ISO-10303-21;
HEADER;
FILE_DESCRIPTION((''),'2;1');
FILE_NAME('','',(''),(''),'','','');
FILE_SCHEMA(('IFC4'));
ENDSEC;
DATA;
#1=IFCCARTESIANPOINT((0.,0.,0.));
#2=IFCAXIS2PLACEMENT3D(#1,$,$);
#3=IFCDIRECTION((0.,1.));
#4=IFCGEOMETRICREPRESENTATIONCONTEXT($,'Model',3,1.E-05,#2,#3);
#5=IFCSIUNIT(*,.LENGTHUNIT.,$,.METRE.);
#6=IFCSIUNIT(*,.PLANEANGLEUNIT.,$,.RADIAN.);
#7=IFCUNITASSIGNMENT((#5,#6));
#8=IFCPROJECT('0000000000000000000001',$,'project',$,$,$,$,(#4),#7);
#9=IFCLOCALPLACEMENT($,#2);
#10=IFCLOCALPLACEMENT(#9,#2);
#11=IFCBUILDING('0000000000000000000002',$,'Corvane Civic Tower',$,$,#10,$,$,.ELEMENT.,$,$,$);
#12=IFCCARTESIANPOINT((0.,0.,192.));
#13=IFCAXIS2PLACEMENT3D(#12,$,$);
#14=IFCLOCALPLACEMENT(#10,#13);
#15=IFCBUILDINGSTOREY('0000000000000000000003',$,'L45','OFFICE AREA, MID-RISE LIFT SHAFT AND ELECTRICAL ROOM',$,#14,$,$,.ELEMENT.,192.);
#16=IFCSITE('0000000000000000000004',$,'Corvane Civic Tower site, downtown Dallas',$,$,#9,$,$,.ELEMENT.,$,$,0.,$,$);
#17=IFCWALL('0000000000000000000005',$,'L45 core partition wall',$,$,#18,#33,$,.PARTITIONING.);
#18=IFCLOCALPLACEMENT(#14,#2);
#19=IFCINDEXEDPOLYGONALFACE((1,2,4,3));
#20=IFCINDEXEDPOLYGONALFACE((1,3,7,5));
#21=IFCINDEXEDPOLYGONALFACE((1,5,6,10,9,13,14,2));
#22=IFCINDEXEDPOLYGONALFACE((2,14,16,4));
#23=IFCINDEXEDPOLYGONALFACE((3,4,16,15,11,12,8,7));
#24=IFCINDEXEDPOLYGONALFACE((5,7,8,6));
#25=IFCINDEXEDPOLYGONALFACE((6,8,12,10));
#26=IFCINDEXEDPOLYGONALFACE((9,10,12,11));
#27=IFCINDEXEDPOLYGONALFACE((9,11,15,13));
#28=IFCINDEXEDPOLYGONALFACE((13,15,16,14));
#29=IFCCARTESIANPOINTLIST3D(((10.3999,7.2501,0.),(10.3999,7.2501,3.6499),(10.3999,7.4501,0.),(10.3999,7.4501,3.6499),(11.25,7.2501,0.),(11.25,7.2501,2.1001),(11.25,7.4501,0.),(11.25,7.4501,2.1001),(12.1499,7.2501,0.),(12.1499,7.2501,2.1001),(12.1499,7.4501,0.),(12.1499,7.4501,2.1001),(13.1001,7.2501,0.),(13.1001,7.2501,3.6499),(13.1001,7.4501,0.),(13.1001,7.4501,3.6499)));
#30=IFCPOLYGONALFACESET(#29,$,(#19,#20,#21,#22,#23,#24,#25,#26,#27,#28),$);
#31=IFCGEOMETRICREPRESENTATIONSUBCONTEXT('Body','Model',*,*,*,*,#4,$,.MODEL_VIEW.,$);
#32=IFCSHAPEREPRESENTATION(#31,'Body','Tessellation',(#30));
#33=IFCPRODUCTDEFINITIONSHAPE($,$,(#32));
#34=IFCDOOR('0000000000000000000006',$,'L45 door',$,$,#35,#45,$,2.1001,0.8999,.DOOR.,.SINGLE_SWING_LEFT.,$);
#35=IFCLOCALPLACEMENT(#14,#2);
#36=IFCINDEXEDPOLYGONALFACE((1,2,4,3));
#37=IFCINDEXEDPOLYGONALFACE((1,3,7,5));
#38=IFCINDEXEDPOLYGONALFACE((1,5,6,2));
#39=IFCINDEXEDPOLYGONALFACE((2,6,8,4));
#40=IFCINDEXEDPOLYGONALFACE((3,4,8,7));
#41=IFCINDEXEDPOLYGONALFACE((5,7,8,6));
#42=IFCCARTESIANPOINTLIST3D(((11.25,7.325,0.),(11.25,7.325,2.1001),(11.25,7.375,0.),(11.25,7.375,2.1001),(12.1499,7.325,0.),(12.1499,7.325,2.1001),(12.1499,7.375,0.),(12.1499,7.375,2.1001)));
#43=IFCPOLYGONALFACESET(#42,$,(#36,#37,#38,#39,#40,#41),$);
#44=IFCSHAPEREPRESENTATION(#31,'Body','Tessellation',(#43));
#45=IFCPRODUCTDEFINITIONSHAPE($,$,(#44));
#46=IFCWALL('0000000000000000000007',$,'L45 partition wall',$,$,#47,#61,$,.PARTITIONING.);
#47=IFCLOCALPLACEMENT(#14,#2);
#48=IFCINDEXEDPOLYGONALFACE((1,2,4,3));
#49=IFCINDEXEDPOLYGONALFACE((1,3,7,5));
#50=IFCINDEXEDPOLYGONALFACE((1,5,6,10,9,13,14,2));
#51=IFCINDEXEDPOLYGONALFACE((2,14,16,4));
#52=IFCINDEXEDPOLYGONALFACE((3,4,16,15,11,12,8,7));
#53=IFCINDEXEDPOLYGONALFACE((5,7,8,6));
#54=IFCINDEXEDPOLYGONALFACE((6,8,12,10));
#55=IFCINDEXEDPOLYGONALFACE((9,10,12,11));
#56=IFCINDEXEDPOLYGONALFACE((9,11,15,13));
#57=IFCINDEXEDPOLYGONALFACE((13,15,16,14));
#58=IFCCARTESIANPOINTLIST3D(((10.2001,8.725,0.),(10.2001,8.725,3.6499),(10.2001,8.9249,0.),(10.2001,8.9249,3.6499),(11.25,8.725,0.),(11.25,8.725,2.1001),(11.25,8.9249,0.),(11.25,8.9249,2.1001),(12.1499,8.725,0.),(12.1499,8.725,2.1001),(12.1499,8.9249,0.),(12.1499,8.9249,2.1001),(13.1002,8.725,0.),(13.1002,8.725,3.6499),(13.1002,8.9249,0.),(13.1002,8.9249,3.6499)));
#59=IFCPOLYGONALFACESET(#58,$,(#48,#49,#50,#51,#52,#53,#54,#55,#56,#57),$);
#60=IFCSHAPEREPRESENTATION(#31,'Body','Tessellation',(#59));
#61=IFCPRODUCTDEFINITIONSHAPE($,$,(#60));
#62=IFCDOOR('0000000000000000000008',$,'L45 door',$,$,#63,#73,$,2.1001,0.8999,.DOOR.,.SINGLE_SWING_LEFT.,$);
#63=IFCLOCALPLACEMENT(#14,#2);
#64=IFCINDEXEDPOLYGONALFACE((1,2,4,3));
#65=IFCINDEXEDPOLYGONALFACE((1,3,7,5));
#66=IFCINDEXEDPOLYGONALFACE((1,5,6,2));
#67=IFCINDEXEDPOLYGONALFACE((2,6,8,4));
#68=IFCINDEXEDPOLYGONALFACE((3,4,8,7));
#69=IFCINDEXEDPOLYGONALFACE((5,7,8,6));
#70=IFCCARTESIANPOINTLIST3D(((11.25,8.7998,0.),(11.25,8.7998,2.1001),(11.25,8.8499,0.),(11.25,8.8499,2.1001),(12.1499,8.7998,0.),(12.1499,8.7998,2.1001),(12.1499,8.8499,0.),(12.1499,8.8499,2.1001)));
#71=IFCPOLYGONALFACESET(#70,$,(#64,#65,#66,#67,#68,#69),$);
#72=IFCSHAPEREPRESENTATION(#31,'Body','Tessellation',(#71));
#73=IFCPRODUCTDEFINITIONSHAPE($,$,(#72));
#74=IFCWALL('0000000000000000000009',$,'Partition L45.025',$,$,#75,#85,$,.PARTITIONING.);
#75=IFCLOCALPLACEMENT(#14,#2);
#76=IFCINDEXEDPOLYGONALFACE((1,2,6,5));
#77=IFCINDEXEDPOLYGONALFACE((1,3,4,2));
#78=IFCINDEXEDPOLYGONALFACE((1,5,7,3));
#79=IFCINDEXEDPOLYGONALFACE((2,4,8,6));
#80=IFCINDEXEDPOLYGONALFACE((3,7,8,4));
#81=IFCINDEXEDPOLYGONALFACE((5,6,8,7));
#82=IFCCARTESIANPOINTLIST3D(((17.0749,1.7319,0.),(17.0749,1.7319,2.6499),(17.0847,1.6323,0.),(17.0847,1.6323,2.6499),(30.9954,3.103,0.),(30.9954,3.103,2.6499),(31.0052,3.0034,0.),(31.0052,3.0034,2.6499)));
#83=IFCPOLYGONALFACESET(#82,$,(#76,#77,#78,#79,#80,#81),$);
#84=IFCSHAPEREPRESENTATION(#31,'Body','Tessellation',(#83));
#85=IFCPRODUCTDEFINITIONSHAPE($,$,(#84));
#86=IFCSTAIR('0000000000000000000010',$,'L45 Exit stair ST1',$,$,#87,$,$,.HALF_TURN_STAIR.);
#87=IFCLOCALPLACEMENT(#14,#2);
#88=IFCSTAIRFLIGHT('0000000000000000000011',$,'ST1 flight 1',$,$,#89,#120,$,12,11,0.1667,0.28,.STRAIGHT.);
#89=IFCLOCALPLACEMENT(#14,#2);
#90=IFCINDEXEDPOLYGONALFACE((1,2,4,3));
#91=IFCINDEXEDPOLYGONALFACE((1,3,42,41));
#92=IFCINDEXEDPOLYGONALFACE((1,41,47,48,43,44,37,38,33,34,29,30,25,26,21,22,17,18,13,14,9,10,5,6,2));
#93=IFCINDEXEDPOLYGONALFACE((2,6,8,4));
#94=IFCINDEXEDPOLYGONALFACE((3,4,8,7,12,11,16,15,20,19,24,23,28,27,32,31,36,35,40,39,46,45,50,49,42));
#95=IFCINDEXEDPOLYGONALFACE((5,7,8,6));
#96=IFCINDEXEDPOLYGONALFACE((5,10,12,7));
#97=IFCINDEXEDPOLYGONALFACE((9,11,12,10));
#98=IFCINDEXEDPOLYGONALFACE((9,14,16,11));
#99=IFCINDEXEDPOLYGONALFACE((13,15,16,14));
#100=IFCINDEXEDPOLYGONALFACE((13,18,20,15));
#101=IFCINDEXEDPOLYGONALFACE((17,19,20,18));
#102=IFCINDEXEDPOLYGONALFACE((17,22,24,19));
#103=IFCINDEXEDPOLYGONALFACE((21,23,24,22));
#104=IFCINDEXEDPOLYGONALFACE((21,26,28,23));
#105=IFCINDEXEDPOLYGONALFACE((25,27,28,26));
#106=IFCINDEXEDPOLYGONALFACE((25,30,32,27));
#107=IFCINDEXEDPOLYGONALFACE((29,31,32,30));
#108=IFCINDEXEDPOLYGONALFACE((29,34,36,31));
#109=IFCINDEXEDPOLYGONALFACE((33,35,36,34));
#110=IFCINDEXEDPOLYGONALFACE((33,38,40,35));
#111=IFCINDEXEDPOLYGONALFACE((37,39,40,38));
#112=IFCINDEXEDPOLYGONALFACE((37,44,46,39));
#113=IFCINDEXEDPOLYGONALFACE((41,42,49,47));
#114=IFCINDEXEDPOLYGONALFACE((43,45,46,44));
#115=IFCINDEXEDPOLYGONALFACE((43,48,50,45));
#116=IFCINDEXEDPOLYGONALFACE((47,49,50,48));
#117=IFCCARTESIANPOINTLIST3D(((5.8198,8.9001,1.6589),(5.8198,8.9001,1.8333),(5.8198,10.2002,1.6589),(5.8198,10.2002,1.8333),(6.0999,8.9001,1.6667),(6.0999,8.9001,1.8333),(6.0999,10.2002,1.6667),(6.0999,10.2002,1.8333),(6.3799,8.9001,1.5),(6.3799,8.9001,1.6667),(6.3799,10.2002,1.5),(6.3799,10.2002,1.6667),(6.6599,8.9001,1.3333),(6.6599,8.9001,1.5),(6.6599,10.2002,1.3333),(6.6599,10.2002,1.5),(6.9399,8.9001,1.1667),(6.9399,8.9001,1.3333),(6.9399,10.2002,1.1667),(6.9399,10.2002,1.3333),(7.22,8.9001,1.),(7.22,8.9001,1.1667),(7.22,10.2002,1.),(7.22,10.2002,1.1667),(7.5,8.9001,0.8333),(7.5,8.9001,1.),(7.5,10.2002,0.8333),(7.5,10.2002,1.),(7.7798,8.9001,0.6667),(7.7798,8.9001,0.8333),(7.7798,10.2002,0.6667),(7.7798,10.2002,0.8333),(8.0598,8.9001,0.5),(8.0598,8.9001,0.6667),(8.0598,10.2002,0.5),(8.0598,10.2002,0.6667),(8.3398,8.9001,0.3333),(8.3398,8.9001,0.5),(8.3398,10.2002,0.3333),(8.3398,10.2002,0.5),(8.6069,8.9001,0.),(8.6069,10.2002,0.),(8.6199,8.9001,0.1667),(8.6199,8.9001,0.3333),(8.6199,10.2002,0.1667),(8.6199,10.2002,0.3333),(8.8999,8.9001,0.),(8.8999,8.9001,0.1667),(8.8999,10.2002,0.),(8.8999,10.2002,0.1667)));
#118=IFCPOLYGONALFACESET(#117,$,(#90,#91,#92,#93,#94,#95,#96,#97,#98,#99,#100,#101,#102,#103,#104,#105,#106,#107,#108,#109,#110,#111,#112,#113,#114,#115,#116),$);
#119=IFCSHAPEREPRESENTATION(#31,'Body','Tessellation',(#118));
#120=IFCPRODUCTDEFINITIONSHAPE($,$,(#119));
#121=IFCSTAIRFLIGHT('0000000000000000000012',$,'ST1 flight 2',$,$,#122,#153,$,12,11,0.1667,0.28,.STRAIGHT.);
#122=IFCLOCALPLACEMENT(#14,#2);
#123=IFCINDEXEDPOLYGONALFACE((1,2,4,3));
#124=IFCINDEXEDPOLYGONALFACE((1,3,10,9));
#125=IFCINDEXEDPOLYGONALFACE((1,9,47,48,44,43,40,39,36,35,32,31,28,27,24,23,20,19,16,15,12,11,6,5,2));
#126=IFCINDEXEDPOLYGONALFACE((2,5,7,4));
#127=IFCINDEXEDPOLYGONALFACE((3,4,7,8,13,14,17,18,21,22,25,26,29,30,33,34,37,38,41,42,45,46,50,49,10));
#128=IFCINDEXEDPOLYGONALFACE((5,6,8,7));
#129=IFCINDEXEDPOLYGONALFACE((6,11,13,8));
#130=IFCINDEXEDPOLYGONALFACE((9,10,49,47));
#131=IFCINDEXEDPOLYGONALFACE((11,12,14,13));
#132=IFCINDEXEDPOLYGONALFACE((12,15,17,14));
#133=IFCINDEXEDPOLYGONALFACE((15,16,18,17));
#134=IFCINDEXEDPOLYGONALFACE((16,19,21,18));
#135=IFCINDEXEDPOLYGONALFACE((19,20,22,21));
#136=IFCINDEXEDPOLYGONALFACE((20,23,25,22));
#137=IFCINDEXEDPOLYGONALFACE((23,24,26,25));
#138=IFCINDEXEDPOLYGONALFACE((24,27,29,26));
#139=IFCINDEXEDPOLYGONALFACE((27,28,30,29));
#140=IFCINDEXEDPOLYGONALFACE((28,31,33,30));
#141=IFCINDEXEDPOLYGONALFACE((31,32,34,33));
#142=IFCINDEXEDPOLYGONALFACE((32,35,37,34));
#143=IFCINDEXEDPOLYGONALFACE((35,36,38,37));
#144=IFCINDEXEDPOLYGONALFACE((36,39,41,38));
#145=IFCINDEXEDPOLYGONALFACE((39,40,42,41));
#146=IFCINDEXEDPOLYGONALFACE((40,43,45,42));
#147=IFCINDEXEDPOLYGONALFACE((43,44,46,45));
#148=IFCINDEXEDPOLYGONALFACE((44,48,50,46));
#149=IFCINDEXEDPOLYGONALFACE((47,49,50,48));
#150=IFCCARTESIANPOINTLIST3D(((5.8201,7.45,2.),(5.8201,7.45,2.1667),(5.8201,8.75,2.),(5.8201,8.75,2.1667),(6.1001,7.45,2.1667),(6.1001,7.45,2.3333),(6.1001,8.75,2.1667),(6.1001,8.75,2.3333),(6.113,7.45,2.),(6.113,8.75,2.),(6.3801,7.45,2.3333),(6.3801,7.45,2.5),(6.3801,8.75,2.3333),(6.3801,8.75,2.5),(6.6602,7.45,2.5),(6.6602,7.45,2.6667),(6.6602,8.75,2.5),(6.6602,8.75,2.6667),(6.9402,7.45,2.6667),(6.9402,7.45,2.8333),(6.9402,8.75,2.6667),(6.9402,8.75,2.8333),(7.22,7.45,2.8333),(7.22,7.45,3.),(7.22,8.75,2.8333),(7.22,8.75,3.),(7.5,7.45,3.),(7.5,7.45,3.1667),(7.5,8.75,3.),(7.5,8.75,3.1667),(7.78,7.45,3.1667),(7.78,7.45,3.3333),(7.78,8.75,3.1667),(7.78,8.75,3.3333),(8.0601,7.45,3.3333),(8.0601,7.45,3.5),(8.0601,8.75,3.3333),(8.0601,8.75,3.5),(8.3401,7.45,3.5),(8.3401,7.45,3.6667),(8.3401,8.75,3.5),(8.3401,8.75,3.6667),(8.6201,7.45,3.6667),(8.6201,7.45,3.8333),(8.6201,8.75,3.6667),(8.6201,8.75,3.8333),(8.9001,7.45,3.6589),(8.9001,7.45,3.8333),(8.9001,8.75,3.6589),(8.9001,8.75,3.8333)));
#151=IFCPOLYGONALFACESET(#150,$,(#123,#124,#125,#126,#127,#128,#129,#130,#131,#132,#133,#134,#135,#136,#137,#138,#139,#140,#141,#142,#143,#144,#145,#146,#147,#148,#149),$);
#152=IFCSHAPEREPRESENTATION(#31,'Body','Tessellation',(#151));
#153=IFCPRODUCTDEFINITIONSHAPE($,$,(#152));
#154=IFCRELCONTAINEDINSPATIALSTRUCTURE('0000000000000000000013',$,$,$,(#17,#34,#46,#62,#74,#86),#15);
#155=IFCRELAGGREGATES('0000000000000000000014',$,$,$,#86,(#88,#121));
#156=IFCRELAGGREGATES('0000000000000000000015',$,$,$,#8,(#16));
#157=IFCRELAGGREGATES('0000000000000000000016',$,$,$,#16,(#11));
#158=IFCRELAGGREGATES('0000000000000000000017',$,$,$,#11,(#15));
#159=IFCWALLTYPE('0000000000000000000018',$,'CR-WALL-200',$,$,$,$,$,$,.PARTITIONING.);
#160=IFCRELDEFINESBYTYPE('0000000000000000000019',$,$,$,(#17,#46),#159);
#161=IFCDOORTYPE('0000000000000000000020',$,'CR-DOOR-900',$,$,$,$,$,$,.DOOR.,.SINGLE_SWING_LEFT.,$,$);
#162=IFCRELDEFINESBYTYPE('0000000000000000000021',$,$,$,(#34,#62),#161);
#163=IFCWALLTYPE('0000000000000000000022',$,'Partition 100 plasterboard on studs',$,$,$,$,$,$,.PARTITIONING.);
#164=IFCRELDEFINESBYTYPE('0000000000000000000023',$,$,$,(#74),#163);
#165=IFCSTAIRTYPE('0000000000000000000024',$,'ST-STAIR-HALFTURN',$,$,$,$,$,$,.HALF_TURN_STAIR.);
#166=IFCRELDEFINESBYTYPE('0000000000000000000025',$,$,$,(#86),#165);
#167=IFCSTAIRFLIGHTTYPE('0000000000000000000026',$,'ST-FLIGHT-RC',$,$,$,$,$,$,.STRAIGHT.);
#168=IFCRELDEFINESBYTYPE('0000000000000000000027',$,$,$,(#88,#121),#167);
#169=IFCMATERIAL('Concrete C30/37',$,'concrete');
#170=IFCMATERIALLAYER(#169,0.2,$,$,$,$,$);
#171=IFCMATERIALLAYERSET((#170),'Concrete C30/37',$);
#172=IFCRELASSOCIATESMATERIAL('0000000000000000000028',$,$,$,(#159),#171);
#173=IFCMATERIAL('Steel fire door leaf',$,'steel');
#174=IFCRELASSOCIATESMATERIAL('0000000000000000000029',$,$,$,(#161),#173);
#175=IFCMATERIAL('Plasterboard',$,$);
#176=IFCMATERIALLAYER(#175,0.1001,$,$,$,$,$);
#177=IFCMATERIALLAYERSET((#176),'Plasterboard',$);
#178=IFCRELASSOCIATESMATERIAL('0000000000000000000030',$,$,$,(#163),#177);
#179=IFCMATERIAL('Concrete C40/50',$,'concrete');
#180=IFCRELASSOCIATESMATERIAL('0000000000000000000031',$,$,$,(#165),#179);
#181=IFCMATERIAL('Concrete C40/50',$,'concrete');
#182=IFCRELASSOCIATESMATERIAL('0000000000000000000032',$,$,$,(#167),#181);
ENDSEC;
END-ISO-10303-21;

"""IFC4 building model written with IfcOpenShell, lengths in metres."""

from ifc_helpers import new_model, si_unit, direction, frame, frame_2d, origin, place, context, subcontext, project, spatial, polyline, rectangle, outline, extrude, material, layer, layer_set, type_object, element, fill, aggregate, save


model = new_model("IFC4")

# Units and contexts
model_context = context("Model", 3, precision=1e-05, world=origin(), true_north=direction((0.0, 1.0)))
body_context = subcontext(model_context, "Body", "Model", "MODEL_VIEW")
ifc_project = project(units=[si_unit("LENGTHUNIT", "METRE"), si_unit("PLANEANGLEUNIT", "RADIAN")], contexts=[model_context])

# Site, building, storey
site_placement = place(None, origin())
site = spatial("IfcSite", under=ifc_project, at=site_placement, Name="Corvane Civic Tower site, downtown Dallas", CompositionType="ELEMENT", RefElevation=0.0)
building_placement = place(site_placement, origin())
building = spatial("IfcBuilding", under=site, at=building_placement, Name="Corvane Civic Tower", CompositionType="ELEMENT")
storey_placement = place(building_placement, frame((0.0, 0.0, 192.0)))
storey = spatial("IfcBuildingStorey", under=building, at=storey_placement, Name="L45", Description="OFFICE AREA, MID-RISE LIFT SHAFT AND ELECTRICAL ROOM", CompositionType="ELEMENT", Elevation=192.0)

# Walls, openings, doors
ifc_material_1 = material(Name="Concrete C30/37", Category="concrete")
ifc_layer_1 = layer(ifc_material_1, 0.2)
ifc_layer_set_1 = layer_set([ifc_layer_1], Name="Concrete C30/37")
wall_type_1 = type_object("IfcWallType", Name="CR-WALL-200", PredefinedType="PARTITIONING", material=ifc_layer_set_1)
wall_1_placement = place(storey_placement, frame((10.3999, 7.3501, 0.0), z_axis=(0.0, 0.0, 1.0), x_axis=(1.0, 0.0, 0.0)))
wall_1 = element("IfcWall", 1, at=wall_1_placement, inside=storey, type_object=wall_type_1, Name="L45 core partition wall", PredefinedType="PARTITIONING", context=body_context, shape_type="SweptSolid", body=[
    extrude(rectangle(XDim=2.7002, YDim=0.2, at=frame_2d((1.3501, 0.0))), origin(), (0.0, 0.0, 1.0), 3.6499),
])
opening_1_placement = place(wall_1_placement, frame((0.8501, 0.0, 0.0)))
opening_1 = element("IfcOpeningElement", 2, at=opening_1_placement, cuts=wall_1, PredefinedType="OPENING", context=body_context, shape_type="SweptSolid", body=[
    extrude(rectangle(XDim=0.8999, YDim=2.1001, at=frame_2d((0.45, 1.05))), frame((0.0, 0.1099, 0.0), z_axis=(0.0, -1.0, 0.0), x_axis=(1.0, 0.0, 0.0)), (0.0, 0.0, 1.0), 0.22),
])
ifc_material_2 = material(Name="Steel fire door leaf", Category="steel")
door_type = type_object("IfcDoorType", Name="CR-DOOR-900", OperationType="SINGLE_SWING_LEFT", PredefinedType="DOOR", material=ifc_material_2)
door_1_placement = place(opening_1_placement, origin())
door_1 = element("IfcDoor", 3, at=door_1_placement, inside=storey, type_object=door_type, Name="L45 door", OperationType="SINGLE_SWING_LEFT", OverallHeight=2.1001, OverallWidth=0.8999, PredefinedType="DOOR", context=body_context, shape_type="SweptSolid", body=[
    extrude(rectangle(XDim=0.8999, YDim=2.1001, at=frame_2d((0.45, 1.05))), frame((0.0, 0.0249, 0.0), z_axis=(0.0, -1.0, 0.0), x_axis=(1.0, 0.0, 0.0)), (0.0, 0.0, 1.0), 0.05),
])
fill(opening_1, door_1)
wall_2_placement = place(storey_placement, frame((10.2, 8.825, 0.0), z_axis=(0.0, 0.0, 1.0), x_axis=(1.0, 0.0, 0.0)))
wall_2 = element("IfcWall", 4, at=wall_2_placement, inside=storey, type_object=wall_type_1, Name="L45 partition wall", PredefinedType="PARTITIONING", context=body_context, shape_type="SweptSolid", body=[
    extrude(rectangle(XDim=2.9001, YDim=0.2, at=frame_2d((1.4502, 0.0))), origin(), (0.0, 0.0, 1.0), 3.6499),
])
opening_2_placement = place(wall_2_placement, frame((1.05, 0.0, 0.0)))
opening_2 = element("IfcOpeningElement", 5, at=opening_2_placement, cuts=wall_2, PredefinedType="OPENING", context=body_context, shape_type="SweptSolid", body=[
    extrude(rectangle(XDim=0.8999, YDim=2.1001, at=frame_2d((0.45, 1.05))), frame((0.0, 0.1099, 0.0), z_axis=(0.0, -1.0, 0.0), x_axis=(1.0, 0.0, 0.0)), (0.0, 0.0, 1.0), 0.22),
])
door_2_placement = place(opening_2_placement, origin())
door_2 = element("IfcDoor", 6, at=door_2_placement, inside=storey, type_object=door_type, Name="L45 door", OperationType="SINGLE_SWING_LEFT", OverallHeight=2.1001, OverallWidth=0.8999, PredefinedType="DOOR", context=body_context, shape_type="SweptSolid", body=[
    extrude(rectangle(XDim=0.8999, YDim=2.1001, at=frame_2d((0.45, 1.05))), frame((0.0, 0.0249, 0.0), z_axis=(0.0, -1.0, 0.0), x_axis=(1.0, 0.0, 0.0)), (0.0, 0.0, 1.0), 0.05),
])
fill(opening_2, door_2)

# Wall
ifc_material_3 = material(Name="Plasterboard")
ifc_layer_2 = layer(ifc_material_3, 0.1001)
ifc_layer_set_2 = layer_set([ifc_layer_2], Name="Plasterboard")
wall_type_2 = type_object("IfcWallType", Name="Partition 100 plasterboard on studs", PredefinedType="PARTITIONING", material=ifc_layer_set_2)
wall_3_placement = place(storey_placement, frame((17.0798, 1.6821, 0.0), z_axis=(0.0, 0.0, 1.0), x_axis=(0.995184, 0.098021, 0.0)))
element("IfcWall", 7, at=wall_3_placement, inside=storey, type_object=wall_type_2, Name="Partition L45.025", PredefinedType="PARTITIONING", context=body_context, shape_type="SweptSolid", body=[
    extrude(rectangle(XDim=13.9878, YDim=0.1001, at=frame_2d((6.9939, 0.0))), origin(), (0.0, 0.0, 1.0), 2.6499),
])

# Stair, stair flights
ifc_material_4 = material(Name="Concrete C40/50", Category="concrete")
stair_type = type_object("IfcStairType", Name="ST-STAIR-HALFTURN", PredefinedType="HALF_TURN_STAIR", material=ifc_material_4)
stair_placement = place(storey_placement, origin())
stair = element("IfcStair", 8, at=stair_placement, inside=storey, type_object=stair_type, Name="L45 Exit stair ST1", PredefinedType="HALF_TURN_STAIR")
ifc_material_5 = material(Name="Concrete C40/50", Category="concrete")
stair_flight_type = type_object("IfcStairFlightType", Name="ST-FLIGHT-RC", PredefinedType="STRAIGHT", material=ifc_material_5)
stair_flight_1_placement = place(storey_placement, frame((8.8999, 9.55, 0.0), z_axis=(0.0, 0.0, 1.0), x_axis=(-1.0, 0.0, 0.0)))
stair_flight_1 = element("IfcStairFlight", 9, at=stair_flight_1_placement, type_object=stair_flight_type, Name="ST1 flight 1", NumberOfRisers=12, NumberOfTreads=11, PredefinedType="STRAIGHT", RiserHeight=0.1667, TreadLength=0.28, context=body_context, shape_type="SweptSolid", body=[
    extrude(outline(polyline([(0.0, 0.0), (0.0, 0.1667), (0.28, 0.1667), (0.28, 0.3333), (0.5601, 0.3333), (0.5601, 0.5), (0.8401, 0.5), (0.8401, 0.6667), (1.1201, 0.6667), (1.1201, 0.8333), (1.3999, 0.8333), (1.3999, 1.0), (1.6799, 1.0), (1.6799, 1.1667), (1.96, 1.1667), (1.96, 1.3333), (2.24, 1.3333), (2.24, 1.5), (2.52, 1.5), (2.52, 1.6667), (2.8, 1.6667), (2.8, 1.8333), (3.0801, 1.8333), (3.0801, 2.0), (3.0801, 1.6589), (0.293, 0.0), (0.0, 0.0)])), frame((0.0, 0.6499, 0.0), z_axis=(0.0, -1.0, 0.0), x_axis=(1.0, 0.0, 0.0)), (0.0, 0.0, 1.0), 1.3),
])
stair_flight_2_placement = place(storey_placement, frame((5.8201, 8.1001, 2.0), z_axis=(0.0, 0.0, 1.0), x_axis=(1.0, 0.0, 0.0)))
stair_flight_2 = element("IfcStairFlight", 10, at=stair_flight_2_placement, type_object=stair_flight_type, Name="ST1 flight 2", NumberOfRisers=12, NumberOfTreads=11, PredefinedType="STRAIGHT", RiserHeight=0.1667, TreadLength=0.28, context=body_context, shape_type="SweptSolid", body=[
    extrude(outline(polyline([(0.0, 0.0), (0.0, 0.1667), (0.28, 0.1667), (0.28, 0.3333), (0.5601, 0.3333), (0.5601, 0.5), (0.8401, 0.5), (0.8401, 0.6667), (1.1201, 0.6667), (1.1201, 0.8333), (1.3999, 0.8333), (1.3999, 1.0), (1.6799, 1.0), (1.6799, 1.1667), (1.96, 1.1667), (1.96, 1.3333), (2.24, 1.3333), (2.24, 1.5), (2.52, 1.5), (2.52, 1.6667), (2.8, 1.6667), (2.8, 1.8333), (3.0801, 1.8333), (3.0801, 2.0), (3.0801, 1.6589), (0.293, 0.0), (0.0, 0.0)])), frame((0.0, 0.6499, 0.0), z_axis=(0.0, -1.0, 0.0), x_axis=(1.0, 0.0, 0.0)), (0.0, 0.0, 1.0), 1.3),
])
aggregate(stair, [stair_flight_1, stair_flight_2])

save(model, "model.ifc")
